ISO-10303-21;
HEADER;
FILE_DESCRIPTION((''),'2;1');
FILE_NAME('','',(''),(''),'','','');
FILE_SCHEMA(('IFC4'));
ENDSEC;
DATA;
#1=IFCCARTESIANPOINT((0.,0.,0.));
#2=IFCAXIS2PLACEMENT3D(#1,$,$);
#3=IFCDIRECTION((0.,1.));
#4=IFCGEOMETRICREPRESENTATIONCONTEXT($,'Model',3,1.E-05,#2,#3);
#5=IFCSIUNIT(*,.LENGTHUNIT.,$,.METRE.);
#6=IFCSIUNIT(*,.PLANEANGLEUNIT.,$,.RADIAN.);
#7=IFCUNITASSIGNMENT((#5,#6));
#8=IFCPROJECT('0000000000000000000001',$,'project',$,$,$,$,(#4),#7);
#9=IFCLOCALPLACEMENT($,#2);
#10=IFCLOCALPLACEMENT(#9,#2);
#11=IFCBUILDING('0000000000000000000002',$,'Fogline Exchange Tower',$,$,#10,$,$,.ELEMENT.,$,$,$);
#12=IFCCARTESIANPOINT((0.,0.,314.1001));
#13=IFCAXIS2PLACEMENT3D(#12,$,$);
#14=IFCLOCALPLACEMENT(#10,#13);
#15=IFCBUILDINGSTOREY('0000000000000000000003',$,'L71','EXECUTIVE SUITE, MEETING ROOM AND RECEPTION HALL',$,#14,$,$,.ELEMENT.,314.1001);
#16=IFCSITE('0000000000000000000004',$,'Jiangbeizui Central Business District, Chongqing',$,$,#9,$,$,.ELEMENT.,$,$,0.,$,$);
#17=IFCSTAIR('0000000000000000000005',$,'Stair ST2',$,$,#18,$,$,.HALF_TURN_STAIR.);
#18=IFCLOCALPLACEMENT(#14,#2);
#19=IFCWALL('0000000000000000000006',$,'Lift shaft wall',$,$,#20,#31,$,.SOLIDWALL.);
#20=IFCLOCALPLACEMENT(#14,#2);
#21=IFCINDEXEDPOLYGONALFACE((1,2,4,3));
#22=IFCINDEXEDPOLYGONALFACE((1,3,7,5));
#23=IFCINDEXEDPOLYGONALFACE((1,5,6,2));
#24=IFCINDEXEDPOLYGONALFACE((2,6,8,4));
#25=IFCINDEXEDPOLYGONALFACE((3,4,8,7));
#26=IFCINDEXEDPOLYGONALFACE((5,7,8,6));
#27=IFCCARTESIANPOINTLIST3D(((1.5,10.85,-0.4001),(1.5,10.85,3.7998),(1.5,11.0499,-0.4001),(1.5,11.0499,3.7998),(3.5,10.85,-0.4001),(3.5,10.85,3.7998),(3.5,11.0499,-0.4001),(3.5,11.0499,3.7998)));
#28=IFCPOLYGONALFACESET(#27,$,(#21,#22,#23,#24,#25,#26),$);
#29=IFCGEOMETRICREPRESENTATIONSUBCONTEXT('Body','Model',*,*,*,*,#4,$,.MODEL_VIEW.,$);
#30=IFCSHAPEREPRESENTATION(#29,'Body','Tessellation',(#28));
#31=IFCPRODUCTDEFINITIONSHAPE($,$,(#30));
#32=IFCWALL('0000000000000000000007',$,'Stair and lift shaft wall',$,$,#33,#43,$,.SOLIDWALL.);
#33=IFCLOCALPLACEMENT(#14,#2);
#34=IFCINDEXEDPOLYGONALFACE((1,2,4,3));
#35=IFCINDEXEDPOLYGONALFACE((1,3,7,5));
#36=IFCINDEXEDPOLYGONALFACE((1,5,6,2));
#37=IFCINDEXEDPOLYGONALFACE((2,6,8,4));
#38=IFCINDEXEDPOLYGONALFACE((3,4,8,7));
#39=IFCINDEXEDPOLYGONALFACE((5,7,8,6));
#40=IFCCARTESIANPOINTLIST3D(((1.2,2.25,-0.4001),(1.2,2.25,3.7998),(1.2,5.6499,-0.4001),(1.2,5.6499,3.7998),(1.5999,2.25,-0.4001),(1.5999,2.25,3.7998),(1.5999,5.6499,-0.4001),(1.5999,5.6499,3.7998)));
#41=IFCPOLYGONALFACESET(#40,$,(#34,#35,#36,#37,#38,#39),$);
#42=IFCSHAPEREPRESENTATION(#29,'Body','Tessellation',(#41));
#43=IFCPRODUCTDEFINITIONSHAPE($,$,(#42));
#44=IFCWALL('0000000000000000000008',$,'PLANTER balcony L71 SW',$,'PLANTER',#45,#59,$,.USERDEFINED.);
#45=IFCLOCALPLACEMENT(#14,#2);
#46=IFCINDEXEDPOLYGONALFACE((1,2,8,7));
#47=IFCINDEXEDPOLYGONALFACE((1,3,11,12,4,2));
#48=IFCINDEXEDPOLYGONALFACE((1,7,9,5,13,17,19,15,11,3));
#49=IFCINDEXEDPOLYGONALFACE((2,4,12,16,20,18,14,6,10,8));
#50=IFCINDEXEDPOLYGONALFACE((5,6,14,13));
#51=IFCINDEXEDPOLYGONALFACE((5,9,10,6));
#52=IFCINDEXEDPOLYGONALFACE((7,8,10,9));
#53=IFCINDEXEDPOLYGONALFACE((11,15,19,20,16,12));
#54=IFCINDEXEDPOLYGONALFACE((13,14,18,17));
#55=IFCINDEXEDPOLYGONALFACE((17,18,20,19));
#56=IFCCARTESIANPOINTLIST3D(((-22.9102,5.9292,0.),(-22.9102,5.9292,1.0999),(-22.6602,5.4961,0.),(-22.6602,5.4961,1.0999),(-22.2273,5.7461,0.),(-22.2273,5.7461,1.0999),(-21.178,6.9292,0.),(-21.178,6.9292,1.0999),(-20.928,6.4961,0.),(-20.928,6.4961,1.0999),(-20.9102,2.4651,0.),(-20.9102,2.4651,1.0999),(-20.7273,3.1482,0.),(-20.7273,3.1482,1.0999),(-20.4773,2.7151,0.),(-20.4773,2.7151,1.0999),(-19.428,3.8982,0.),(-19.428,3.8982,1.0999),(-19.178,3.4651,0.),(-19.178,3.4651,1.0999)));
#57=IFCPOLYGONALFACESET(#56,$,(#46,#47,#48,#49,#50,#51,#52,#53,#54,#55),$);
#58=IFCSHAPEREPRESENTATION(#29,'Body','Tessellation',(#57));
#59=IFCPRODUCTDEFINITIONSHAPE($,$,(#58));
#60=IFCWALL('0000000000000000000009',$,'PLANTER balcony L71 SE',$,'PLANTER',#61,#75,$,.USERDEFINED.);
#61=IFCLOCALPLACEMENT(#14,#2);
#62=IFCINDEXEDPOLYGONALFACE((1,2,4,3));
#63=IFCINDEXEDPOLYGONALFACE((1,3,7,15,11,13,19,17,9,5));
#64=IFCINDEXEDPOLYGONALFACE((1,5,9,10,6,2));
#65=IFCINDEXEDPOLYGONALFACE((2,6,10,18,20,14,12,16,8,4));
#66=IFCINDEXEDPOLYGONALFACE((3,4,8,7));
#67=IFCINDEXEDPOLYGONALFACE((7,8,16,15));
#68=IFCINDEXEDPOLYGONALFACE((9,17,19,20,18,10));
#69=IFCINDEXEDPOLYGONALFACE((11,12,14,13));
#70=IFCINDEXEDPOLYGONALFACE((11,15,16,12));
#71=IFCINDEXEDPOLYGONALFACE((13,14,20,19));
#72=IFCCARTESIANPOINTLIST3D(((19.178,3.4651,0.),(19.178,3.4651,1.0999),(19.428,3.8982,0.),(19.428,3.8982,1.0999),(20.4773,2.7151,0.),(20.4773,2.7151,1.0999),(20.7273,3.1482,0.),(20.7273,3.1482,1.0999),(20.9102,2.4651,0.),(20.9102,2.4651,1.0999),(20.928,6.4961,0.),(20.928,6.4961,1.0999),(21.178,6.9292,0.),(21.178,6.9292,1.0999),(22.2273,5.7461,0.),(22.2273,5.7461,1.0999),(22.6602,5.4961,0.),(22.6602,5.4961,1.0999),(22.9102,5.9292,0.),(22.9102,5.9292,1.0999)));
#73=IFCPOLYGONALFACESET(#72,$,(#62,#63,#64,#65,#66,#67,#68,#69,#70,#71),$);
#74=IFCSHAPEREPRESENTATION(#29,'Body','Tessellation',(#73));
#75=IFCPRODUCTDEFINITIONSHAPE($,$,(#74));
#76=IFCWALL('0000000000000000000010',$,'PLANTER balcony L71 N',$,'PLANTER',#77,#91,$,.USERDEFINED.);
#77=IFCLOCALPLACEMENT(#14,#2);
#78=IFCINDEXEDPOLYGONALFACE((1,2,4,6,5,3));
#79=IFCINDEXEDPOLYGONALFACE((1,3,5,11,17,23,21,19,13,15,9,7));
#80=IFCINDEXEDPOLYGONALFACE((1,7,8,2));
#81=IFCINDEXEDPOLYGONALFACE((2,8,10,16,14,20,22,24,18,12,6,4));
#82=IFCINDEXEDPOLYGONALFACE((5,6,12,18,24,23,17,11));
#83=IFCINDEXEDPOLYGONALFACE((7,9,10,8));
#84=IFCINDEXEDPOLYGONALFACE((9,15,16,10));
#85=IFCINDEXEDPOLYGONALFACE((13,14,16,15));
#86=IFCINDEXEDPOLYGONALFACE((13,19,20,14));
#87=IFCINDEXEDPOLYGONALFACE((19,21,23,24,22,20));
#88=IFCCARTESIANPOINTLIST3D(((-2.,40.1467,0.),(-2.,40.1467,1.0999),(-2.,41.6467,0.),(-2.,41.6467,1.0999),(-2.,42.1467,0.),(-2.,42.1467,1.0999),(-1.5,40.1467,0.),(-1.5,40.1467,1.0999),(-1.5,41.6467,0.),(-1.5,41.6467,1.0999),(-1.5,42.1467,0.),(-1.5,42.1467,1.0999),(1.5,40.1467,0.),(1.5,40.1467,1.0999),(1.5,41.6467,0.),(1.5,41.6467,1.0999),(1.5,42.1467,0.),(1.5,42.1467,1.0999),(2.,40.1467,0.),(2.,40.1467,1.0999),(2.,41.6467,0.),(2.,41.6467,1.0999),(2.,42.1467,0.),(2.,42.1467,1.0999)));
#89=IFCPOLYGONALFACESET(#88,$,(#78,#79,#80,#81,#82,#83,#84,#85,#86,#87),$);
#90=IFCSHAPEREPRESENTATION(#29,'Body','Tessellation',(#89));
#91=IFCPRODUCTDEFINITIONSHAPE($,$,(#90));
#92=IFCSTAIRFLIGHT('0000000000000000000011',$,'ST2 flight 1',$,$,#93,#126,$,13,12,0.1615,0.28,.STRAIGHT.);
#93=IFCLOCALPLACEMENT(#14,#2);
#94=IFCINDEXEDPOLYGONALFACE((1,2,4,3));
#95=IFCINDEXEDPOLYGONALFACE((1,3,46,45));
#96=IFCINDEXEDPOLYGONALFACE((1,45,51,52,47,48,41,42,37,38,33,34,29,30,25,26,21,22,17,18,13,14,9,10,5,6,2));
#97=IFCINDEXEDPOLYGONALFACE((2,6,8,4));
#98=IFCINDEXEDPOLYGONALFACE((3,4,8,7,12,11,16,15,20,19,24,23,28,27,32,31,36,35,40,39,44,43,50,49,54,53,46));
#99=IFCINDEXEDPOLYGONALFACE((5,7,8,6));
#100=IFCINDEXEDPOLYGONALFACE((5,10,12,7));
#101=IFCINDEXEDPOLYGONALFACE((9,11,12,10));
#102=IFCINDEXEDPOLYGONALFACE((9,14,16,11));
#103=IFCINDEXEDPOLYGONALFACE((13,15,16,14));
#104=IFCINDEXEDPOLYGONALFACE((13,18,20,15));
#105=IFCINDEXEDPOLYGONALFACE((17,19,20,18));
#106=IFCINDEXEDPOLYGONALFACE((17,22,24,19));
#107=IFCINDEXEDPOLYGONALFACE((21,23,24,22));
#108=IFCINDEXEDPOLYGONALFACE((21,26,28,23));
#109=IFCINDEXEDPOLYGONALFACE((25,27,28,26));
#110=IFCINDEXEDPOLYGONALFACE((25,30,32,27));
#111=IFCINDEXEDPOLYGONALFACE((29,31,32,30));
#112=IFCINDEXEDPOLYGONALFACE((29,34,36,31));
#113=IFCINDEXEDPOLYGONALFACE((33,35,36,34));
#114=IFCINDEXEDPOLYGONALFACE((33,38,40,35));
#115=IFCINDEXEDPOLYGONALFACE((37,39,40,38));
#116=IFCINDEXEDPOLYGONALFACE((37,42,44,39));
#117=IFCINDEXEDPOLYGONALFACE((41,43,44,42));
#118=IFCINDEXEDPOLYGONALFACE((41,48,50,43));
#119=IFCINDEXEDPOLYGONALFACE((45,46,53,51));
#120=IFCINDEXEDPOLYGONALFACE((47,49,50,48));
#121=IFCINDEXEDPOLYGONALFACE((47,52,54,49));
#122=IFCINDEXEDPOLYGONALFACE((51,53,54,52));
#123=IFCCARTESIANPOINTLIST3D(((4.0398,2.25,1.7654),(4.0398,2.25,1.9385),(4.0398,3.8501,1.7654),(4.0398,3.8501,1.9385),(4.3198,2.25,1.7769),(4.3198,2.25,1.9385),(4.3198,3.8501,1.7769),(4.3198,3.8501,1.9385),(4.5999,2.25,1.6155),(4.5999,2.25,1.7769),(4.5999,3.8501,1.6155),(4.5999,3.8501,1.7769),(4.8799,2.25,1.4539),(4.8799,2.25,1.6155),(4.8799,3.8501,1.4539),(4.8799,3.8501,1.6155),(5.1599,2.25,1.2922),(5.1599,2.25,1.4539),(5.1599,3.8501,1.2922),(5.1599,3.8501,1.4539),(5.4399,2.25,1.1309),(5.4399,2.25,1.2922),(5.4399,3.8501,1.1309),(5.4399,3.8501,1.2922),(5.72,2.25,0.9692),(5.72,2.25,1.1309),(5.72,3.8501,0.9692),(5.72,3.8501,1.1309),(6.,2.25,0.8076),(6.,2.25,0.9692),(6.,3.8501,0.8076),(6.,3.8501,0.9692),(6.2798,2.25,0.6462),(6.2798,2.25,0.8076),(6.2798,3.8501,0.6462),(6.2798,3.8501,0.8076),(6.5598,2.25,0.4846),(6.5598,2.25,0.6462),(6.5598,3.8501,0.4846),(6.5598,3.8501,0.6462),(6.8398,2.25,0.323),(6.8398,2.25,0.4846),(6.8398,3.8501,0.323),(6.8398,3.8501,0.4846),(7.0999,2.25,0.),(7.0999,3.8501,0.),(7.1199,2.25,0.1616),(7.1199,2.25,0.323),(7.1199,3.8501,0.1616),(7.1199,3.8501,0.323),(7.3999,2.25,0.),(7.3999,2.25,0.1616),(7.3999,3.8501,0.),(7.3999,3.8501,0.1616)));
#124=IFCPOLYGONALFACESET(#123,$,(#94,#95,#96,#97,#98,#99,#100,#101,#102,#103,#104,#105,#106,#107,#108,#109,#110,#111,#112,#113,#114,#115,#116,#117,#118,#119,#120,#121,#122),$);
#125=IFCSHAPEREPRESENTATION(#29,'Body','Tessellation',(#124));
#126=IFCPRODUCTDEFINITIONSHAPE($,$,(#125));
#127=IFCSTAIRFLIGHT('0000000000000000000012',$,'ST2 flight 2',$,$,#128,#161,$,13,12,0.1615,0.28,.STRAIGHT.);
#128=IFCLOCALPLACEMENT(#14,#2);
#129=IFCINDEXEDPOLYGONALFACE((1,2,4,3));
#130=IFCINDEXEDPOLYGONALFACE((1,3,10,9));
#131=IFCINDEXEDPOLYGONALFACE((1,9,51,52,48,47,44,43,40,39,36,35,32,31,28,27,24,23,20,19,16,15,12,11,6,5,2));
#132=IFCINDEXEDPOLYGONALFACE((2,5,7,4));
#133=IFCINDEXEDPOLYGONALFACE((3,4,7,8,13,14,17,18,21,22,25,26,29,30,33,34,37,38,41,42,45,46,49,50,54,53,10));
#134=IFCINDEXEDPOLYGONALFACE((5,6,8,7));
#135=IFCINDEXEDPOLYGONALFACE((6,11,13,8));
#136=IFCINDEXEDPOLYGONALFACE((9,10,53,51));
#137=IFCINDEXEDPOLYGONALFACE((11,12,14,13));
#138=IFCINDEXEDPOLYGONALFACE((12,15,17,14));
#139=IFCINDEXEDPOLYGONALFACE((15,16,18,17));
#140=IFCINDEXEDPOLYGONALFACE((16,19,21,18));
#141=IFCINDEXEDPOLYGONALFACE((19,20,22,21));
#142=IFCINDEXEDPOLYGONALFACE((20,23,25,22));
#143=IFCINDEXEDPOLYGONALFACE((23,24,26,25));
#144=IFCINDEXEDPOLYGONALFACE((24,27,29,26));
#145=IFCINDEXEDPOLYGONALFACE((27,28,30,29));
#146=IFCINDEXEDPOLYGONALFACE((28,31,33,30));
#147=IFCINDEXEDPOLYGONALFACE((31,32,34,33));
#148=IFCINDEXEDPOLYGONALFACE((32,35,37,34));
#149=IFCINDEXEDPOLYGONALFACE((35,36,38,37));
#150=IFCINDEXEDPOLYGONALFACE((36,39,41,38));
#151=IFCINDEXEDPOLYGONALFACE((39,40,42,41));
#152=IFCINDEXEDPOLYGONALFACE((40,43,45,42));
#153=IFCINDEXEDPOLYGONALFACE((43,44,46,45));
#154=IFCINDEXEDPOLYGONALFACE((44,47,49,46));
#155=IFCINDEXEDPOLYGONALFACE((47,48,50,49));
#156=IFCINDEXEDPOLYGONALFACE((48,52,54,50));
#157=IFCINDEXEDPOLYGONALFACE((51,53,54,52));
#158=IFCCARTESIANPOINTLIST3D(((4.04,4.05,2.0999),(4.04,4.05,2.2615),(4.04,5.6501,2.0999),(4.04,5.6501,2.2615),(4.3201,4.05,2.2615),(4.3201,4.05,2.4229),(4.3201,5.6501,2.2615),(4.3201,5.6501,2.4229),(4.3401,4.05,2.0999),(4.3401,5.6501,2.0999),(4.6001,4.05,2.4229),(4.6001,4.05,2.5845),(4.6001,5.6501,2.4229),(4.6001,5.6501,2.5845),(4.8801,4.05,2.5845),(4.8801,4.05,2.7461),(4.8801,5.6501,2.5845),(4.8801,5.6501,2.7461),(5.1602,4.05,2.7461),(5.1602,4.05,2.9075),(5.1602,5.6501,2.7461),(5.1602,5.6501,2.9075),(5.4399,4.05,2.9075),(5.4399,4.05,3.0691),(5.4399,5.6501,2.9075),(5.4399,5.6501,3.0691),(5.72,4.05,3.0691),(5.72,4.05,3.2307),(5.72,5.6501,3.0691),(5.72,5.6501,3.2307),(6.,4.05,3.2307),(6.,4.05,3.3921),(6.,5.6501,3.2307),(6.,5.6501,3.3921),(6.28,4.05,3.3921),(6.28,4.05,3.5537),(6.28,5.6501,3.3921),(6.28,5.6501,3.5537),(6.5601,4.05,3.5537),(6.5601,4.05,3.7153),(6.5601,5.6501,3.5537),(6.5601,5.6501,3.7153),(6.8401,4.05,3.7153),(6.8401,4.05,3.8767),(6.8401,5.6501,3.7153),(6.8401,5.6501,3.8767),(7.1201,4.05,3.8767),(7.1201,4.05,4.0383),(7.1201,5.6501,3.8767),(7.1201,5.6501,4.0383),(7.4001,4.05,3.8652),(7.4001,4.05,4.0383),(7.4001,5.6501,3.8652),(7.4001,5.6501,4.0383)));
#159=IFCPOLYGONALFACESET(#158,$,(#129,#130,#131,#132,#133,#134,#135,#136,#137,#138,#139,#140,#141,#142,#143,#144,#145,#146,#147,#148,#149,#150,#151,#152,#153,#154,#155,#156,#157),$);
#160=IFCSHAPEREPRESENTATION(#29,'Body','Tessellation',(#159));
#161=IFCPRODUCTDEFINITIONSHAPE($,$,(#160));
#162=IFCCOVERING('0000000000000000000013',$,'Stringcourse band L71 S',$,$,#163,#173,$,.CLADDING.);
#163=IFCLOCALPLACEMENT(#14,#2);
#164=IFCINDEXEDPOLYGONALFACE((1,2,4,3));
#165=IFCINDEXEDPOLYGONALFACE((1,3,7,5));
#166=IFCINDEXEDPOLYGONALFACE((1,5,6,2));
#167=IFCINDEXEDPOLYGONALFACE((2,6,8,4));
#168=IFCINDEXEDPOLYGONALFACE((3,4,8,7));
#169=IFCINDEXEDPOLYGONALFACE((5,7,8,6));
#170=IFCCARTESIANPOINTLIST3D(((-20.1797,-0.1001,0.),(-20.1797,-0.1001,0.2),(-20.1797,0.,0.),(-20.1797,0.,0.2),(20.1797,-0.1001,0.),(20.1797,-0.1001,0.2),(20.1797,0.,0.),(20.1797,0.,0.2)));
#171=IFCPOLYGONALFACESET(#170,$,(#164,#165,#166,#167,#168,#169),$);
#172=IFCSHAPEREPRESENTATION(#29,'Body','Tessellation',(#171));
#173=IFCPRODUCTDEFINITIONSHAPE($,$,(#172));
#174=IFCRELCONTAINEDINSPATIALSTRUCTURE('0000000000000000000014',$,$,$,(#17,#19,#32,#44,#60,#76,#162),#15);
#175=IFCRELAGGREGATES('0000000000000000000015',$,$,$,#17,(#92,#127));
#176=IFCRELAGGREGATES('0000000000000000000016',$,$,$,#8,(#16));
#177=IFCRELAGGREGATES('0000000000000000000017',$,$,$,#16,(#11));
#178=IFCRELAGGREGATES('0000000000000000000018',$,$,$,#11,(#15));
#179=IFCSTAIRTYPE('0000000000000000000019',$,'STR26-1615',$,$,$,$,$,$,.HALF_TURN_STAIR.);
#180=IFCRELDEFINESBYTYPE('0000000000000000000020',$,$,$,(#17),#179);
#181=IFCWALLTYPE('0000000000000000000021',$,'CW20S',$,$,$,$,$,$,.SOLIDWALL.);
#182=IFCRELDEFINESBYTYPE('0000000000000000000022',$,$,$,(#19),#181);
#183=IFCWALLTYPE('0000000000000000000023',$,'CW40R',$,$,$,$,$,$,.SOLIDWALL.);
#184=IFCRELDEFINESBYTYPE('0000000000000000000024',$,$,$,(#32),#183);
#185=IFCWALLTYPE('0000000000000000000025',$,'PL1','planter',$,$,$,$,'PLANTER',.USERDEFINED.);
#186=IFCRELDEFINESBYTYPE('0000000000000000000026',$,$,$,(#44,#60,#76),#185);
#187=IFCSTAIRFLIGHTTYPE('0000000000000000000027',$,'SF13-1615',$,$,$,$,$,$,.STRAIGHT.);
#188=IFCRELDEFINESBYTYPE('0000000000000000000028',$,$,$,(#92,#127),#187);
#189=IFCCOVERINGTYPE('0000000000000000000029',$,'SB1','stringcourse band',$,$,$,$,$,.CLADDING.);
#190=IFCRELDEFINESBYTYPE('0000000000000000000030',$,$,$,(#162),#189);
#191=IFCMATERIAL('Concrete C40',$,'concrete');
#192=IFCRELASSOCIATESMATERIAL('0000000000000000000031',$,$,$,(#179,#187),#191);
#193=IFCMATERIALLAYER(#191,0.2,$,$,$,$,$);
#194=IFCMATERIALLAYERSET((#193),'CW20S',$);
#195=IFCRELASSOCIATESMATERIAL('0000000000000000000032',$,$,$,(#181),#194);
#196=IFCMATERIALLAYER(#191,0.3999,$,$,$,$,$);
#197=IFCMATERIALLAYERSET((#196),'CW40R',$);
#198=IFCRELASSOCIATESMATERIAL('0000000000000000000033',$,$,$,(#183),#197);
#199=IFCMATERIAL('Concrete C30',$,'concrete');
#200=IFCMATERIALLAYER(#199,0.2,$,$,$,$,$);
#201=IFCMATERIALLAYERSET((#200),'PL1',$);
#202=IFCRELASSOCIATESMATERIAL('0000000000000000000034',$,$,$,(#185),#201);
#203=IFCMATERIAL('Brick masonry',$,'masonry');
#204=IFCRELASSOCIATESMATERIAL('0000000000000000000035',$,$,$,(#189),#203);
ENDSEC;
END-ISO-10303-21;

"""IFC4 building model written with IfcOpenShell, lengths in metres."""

from ifc_helpers import new_model, si_unit, direction, frame, frame_2d, origin, place, context, subcontext, project, spatial, polyline, rectangle, outline, extrude, material, layer, layer_set, type_object, element, aggregate, save


model = new_model("IFC4")

# Units and contexts
model_context = context("Model", 3, precision=1e-05, world=origin(), true_north=direction((0.0, 1.0)))
body_context = subcontext(model_context, "Body", "Model", "MODEL_VIEW")
ifc_project = project(units=[si_unit("LENGTHUNIT", "METRE"), si_unit("PLANEANGLEUNIT", "RADIAN")], contexts=[model_context])

# Site, building, storey
site_placement = place(None, origin())
site = spatial("IfcSite", under=ifc_project, at=site_placement, Name="Jiangbeizui Central Business District, Chongqing", CompositionType="ELEMENT", RefElevation=0.0)
building_placement = place(site_placement, origin())
building = spatial("IfcBuilding", under=site, at=building_placement, Name="Fogline Exchange Tower", CompositionType="ELEMENT")
storey_placement = place(building_placement, frame((0.0, 0.0, 314.1001)))
storey = spatial("IfcBuildingStorey", under=building, at=storey_placement, Name="L71", Description="EXECUTIVE SUITE, MEETING ROOM AND RECEPTION HALL", CompositionType="ELEMENT", Elevation=314.1001)

# Shared definitions
ifc_material_1 = material(Name="Concrete C40", Category="concrete")

# Stair
stair_type = type_object("IfcStairType", Name="STR26-1615", PredefinedType="HALF_TURN_STAIR", material=ifc_material_1)
stair_1_placement = place(storey_placement, origin())
stair_1 = element("IfcStair", 1, at=stair_1_placement, inside=storey, type_object=stair_type, Name="Stair ST2", PredefinedType="HALF_TURN_STAIR")

# Shared definitions
ifc_layer_1 = layer(ifc_material_1, 0.2)
ifc_layer_set_1 = layer_set([ifc_layer_1], Name="CW20S")
wall_type_1 = type_object("IfcWallType", Name="CW20S", PredefinedType="SOLIDWALL", material=ifc_layer_set_1)

# Walls
wall_1_placement = place(storey_placement, frame((1.5, 10.95, -0.4001), z_axis=(0.0, 0.0, 1.0), x_axis=(1.0, 0.0, 0.0)))
element("IfcWall", 2, at=wall_1_placement, inside=storey, type_object=wall_type_1, Name="Lift shaft wall", PredefinedType="SOLIDWALL", context=body_context, shape_type="SweptSolid", body=[
    extrude(rectangle(XDim=2.0, YDim=0.2, at=frame_2d((1.0, 0.0))), origin(), (0.0, 0.0, 1.0), 4.2),
])
ifc_layer_2 = layer(ifc_material_1, 0.3999)
ifc_layer_set_2 = layer_set([ifc_layer_2], Name="CW40R")
wall_type_2 = type_object("IfcWallType", Name="CW40R", PredefinedType="SOLIDWALL", material=ifc_layer_set_2)
wall_2_placement = place(storey_placement, frame((1.3999, 2.25, -0.4001), z_axis=(0.0, 0.0, 1.0), x_axis=(0.0, 1.0, 0.0)))
element("IfcWall", 3, at=wall_2_placement, inside=storey, type_object=wall_type_2, Name="Stair and lift shaft wall", PredefinedType="SOLIDWALL", context=body_context, shape_type="SweptSolid", body=[
    extrude(rectangle(XDim=3.3999, YDim=0.3999, at=frame_2d((1.7, 0.0))), origin(), (0.0, 0.0, 1.0), 4.2),
])
ifc_material_2 = material(Name="Concrete C30", Category="concrete")
ifc_layer_3 = layer(ifc_material_2, 0.2)
ifc_layer_set_3 = layer_set([ifc_layer_3], Name="PL1")
wall_type_3 = type_object("IfcWallType", Name="PL1", Description="planter", ElementType="PLANTER", PredefinedType="USERDEFINED", material=ifc_layer_set_3)
wall_3_placement = place(storey_placement, origin())
element("IfcWall", 4, at=wall_3_placement, inside=storey, type_object=wall_type_3, Name="PLANTER balcony L71 SW", ObjectType="PLANTER", PredefinedType="USERDEFINED", context=body_context, shape_type="SweptSolid", body=[
    extrude(outline(polyline([(-19.428, 3.8982), (-20.7273, 3.1482), (-22.2273, 5.7461), (-20.928, 6.4961), (-21.178, 6.9292), (-22.9102, 5.9292), (-22.6602, 5.4961), (-20.9102, 2.4651), (-20.4773, 2.7151), (-20.4773, 2.7151), (-19.178, 3.4651), (-19.428, 3.8982)])), origin(), (0.0, 0.0, 1.0), 1.0999),
])
wall_4_placement = place(storey_placement, origin())
element("IfcWall", 5, at=wall_4_placement, inside=storey, type_object=wall_type_3, Name="PLANTER balcony L71 SE", ObjectType="PLANTER", PredefinedType="USERDEFINED", context=body_context, shape_type="SweptSolid", body=[
    extrude(outline(polyline([(19.178, 3.4651), (20.4773, 2.7151), (20.4773, 2.7151), (20.9102, 2.4651), (22.6602, 5.4961), (22.9102, 5.9292), (21.178, 6.9292), (20.928, 6.4961), (22.2273, 5.7461), (20.7273, 3.1482), (19.428, 3.8982), (19.178, 3.4651)])), origin(), (0.0, 0.0, 1.0), 1.0999),
])
wall_5_placement = place(storey_placement, origin())
element("IfcWall", 6, at=wall_5_placement, inside=storey, type_object=wall_type_3, Name="PLANTER balcony L71 N", ObjectType="PLANTER", PredefinedType="USERDEFINED", context=body_context, shape_type="SweptSolid", body=[
    extrude(outline(polyline([(-1.5, 42.1467), (-2.0, 42.1467), (-2.0, 41.6467), (-2.0, 40.1467), (-1.5, 40.1467), (-1.5, 41.6467), (1.5, 41.6467), (1.5, 40.1467), (2.0, 40.1467), (2.0, 41.6467), (2.0, 42.1467), (1.5, 42.1467), (-1.5, 42.1467)])), origin(), (0.0, 0.0, 1.0), 1.0999),
])

# Stair flights
stair_flight_type = type_object("IfcStairFlightType", Name="SF13-1615", PredefinedType="STRAIGHT", material=ifc_material_1)
stair_flight_1_placement = place(storey_placement, frame((7.3999, 3.05, 0.0), z_axis=(0.0, 0.0, 1.0), x_axis=(-1.0, 0.0, 0.0)))
stair_flight_1 = element("IfcStairFlight", 7, at=stair_flight_1_placement, type_object=stair_flight_type, Name="ST2 flight 1", NumberOfRisers=13, NumberOfTreads=12, PredefinedType="STRAIGHT", RiserHeight=0.1615, TreadLength=0.28, context=body_context, shape_type="SweptSolid", body=[
    extrude(outline(polyline([(0.0, 0.0), (0.0, 0.1616), (0.28, 0.1616), (0.28, 0.323), (0.5601, 0.323), (0.5601, 0.4846), (0.8401, 0.4846), (0.8401, 0.6462), (1.1201, 0.6462), (1.1201, 0.8076), (1.3999, 0.8076), (1.3999, 0.9692), (1.6799, 0.9692), (1.6799, 1.1309), (1.96, 1.1309), (1.96, 1.2922), (2.24, 1.2922), (2.24, 1.4539), (2.52, 1.4539), (2.52, 1.6155), (2.8, 1.6155), (2.8, 1.7769), (3.0801, 1.7769), (3.0801, 1.9385), (3.3601, 1.9385), (3.3601, 2.1001), (3.3601, 1.7654), (0.3, 0.0), (0.0, 0.0)])), frame((0.0, 0.8, 0.0), z_axis=(0.0, -1.0, 0.0), x_axis=(1.0, 0.0, 0.0)), (0.0, 0.0, 1.0), 1.6001),
])
stair_flight_2_placement = place(storey_placement, frame((4.04, 4.8501, 2.0999), z_axis=(0.0, 0.0, 1.0), x_axis=(1.0, 0.0, 0.0)))
stair_flight_2 = element("IfcStairFlight", 8, at=stair_flight_2_placement, type_object=stair_flight_type, Name="ST2 flight 2", NumberOfRisers=13, NumberOfTreads=12, PredefinedType="STRAIGHT", RiserHeight=0.1615, TreadLength=0.28, context=body_context, shape_type="SweptSolid", body=[
    extrude(outline(polyline([(0.0, 0.0), (0.0, 0.1616), (0.28, 0.1616), (0.28, 0.323), (0.5601, 0.323), (0.5601, 0.4846), (0.8401, 0.4846), (0.8401, 0.6462), (1.1201, 0.6462), (1.1201, 0.8076), (1.3999, 0.8076), (1.3999, 0.9692), (1.6799, 0.9692), (1.6799, 1.1309), (1.96, 1.1309), (1.96, 1.2922), (2.24, 1.2922), (2.24, 1.4539), (2.52, 1.4539), (2.52, 1.6155), (2.8, 1.6155), (2.8, 1.7769), (3.0801, 1.7769), (3.0801, 1.9385), (3.3601, 1.9385), (3.3601, 2.1001), (3.3601, 1.7654), (0.3, 0.0), (0.0, 0.0)])), frame((0.0, 0.8, 0.0), z_axis=(0.0, -1.0, 0.0), x_axis=(1.0, 0.0, 0.0)), (0.0, 0.0, 1.0), 1.6001),
])
aggregate(stair_1, [stair_flight_1, stair_flight_2])

# Covering
ifc_material_3 = material(Name="Brick masonry", Category="masonry")
covering_type = type_object("IfcCoveringType", Name="SB1", Description="stringcourse band", PredefinedType="CLADDING", material=ifc_material_3)
covering_1_placement = place(storey_placement, origin())
element("IfcCovering", 9, at=covering_1_placement, inside=storey, type_object=covering_type, Name="Stringcourse band L71 S", PredefinedType="CLADDING", context=body_context, shape_type="SweptSolid", body=[
    extrude(outline(polyline([(-20.1797, 0.0), (-20.1797, -0.1001), (20.1797, -0.1001), (20.1797, 0.0), (-20.1797, 0.0)])), origin(), (0.0, 0.0, 1.0), 0.2),
])

save(model, "model.ifc")
